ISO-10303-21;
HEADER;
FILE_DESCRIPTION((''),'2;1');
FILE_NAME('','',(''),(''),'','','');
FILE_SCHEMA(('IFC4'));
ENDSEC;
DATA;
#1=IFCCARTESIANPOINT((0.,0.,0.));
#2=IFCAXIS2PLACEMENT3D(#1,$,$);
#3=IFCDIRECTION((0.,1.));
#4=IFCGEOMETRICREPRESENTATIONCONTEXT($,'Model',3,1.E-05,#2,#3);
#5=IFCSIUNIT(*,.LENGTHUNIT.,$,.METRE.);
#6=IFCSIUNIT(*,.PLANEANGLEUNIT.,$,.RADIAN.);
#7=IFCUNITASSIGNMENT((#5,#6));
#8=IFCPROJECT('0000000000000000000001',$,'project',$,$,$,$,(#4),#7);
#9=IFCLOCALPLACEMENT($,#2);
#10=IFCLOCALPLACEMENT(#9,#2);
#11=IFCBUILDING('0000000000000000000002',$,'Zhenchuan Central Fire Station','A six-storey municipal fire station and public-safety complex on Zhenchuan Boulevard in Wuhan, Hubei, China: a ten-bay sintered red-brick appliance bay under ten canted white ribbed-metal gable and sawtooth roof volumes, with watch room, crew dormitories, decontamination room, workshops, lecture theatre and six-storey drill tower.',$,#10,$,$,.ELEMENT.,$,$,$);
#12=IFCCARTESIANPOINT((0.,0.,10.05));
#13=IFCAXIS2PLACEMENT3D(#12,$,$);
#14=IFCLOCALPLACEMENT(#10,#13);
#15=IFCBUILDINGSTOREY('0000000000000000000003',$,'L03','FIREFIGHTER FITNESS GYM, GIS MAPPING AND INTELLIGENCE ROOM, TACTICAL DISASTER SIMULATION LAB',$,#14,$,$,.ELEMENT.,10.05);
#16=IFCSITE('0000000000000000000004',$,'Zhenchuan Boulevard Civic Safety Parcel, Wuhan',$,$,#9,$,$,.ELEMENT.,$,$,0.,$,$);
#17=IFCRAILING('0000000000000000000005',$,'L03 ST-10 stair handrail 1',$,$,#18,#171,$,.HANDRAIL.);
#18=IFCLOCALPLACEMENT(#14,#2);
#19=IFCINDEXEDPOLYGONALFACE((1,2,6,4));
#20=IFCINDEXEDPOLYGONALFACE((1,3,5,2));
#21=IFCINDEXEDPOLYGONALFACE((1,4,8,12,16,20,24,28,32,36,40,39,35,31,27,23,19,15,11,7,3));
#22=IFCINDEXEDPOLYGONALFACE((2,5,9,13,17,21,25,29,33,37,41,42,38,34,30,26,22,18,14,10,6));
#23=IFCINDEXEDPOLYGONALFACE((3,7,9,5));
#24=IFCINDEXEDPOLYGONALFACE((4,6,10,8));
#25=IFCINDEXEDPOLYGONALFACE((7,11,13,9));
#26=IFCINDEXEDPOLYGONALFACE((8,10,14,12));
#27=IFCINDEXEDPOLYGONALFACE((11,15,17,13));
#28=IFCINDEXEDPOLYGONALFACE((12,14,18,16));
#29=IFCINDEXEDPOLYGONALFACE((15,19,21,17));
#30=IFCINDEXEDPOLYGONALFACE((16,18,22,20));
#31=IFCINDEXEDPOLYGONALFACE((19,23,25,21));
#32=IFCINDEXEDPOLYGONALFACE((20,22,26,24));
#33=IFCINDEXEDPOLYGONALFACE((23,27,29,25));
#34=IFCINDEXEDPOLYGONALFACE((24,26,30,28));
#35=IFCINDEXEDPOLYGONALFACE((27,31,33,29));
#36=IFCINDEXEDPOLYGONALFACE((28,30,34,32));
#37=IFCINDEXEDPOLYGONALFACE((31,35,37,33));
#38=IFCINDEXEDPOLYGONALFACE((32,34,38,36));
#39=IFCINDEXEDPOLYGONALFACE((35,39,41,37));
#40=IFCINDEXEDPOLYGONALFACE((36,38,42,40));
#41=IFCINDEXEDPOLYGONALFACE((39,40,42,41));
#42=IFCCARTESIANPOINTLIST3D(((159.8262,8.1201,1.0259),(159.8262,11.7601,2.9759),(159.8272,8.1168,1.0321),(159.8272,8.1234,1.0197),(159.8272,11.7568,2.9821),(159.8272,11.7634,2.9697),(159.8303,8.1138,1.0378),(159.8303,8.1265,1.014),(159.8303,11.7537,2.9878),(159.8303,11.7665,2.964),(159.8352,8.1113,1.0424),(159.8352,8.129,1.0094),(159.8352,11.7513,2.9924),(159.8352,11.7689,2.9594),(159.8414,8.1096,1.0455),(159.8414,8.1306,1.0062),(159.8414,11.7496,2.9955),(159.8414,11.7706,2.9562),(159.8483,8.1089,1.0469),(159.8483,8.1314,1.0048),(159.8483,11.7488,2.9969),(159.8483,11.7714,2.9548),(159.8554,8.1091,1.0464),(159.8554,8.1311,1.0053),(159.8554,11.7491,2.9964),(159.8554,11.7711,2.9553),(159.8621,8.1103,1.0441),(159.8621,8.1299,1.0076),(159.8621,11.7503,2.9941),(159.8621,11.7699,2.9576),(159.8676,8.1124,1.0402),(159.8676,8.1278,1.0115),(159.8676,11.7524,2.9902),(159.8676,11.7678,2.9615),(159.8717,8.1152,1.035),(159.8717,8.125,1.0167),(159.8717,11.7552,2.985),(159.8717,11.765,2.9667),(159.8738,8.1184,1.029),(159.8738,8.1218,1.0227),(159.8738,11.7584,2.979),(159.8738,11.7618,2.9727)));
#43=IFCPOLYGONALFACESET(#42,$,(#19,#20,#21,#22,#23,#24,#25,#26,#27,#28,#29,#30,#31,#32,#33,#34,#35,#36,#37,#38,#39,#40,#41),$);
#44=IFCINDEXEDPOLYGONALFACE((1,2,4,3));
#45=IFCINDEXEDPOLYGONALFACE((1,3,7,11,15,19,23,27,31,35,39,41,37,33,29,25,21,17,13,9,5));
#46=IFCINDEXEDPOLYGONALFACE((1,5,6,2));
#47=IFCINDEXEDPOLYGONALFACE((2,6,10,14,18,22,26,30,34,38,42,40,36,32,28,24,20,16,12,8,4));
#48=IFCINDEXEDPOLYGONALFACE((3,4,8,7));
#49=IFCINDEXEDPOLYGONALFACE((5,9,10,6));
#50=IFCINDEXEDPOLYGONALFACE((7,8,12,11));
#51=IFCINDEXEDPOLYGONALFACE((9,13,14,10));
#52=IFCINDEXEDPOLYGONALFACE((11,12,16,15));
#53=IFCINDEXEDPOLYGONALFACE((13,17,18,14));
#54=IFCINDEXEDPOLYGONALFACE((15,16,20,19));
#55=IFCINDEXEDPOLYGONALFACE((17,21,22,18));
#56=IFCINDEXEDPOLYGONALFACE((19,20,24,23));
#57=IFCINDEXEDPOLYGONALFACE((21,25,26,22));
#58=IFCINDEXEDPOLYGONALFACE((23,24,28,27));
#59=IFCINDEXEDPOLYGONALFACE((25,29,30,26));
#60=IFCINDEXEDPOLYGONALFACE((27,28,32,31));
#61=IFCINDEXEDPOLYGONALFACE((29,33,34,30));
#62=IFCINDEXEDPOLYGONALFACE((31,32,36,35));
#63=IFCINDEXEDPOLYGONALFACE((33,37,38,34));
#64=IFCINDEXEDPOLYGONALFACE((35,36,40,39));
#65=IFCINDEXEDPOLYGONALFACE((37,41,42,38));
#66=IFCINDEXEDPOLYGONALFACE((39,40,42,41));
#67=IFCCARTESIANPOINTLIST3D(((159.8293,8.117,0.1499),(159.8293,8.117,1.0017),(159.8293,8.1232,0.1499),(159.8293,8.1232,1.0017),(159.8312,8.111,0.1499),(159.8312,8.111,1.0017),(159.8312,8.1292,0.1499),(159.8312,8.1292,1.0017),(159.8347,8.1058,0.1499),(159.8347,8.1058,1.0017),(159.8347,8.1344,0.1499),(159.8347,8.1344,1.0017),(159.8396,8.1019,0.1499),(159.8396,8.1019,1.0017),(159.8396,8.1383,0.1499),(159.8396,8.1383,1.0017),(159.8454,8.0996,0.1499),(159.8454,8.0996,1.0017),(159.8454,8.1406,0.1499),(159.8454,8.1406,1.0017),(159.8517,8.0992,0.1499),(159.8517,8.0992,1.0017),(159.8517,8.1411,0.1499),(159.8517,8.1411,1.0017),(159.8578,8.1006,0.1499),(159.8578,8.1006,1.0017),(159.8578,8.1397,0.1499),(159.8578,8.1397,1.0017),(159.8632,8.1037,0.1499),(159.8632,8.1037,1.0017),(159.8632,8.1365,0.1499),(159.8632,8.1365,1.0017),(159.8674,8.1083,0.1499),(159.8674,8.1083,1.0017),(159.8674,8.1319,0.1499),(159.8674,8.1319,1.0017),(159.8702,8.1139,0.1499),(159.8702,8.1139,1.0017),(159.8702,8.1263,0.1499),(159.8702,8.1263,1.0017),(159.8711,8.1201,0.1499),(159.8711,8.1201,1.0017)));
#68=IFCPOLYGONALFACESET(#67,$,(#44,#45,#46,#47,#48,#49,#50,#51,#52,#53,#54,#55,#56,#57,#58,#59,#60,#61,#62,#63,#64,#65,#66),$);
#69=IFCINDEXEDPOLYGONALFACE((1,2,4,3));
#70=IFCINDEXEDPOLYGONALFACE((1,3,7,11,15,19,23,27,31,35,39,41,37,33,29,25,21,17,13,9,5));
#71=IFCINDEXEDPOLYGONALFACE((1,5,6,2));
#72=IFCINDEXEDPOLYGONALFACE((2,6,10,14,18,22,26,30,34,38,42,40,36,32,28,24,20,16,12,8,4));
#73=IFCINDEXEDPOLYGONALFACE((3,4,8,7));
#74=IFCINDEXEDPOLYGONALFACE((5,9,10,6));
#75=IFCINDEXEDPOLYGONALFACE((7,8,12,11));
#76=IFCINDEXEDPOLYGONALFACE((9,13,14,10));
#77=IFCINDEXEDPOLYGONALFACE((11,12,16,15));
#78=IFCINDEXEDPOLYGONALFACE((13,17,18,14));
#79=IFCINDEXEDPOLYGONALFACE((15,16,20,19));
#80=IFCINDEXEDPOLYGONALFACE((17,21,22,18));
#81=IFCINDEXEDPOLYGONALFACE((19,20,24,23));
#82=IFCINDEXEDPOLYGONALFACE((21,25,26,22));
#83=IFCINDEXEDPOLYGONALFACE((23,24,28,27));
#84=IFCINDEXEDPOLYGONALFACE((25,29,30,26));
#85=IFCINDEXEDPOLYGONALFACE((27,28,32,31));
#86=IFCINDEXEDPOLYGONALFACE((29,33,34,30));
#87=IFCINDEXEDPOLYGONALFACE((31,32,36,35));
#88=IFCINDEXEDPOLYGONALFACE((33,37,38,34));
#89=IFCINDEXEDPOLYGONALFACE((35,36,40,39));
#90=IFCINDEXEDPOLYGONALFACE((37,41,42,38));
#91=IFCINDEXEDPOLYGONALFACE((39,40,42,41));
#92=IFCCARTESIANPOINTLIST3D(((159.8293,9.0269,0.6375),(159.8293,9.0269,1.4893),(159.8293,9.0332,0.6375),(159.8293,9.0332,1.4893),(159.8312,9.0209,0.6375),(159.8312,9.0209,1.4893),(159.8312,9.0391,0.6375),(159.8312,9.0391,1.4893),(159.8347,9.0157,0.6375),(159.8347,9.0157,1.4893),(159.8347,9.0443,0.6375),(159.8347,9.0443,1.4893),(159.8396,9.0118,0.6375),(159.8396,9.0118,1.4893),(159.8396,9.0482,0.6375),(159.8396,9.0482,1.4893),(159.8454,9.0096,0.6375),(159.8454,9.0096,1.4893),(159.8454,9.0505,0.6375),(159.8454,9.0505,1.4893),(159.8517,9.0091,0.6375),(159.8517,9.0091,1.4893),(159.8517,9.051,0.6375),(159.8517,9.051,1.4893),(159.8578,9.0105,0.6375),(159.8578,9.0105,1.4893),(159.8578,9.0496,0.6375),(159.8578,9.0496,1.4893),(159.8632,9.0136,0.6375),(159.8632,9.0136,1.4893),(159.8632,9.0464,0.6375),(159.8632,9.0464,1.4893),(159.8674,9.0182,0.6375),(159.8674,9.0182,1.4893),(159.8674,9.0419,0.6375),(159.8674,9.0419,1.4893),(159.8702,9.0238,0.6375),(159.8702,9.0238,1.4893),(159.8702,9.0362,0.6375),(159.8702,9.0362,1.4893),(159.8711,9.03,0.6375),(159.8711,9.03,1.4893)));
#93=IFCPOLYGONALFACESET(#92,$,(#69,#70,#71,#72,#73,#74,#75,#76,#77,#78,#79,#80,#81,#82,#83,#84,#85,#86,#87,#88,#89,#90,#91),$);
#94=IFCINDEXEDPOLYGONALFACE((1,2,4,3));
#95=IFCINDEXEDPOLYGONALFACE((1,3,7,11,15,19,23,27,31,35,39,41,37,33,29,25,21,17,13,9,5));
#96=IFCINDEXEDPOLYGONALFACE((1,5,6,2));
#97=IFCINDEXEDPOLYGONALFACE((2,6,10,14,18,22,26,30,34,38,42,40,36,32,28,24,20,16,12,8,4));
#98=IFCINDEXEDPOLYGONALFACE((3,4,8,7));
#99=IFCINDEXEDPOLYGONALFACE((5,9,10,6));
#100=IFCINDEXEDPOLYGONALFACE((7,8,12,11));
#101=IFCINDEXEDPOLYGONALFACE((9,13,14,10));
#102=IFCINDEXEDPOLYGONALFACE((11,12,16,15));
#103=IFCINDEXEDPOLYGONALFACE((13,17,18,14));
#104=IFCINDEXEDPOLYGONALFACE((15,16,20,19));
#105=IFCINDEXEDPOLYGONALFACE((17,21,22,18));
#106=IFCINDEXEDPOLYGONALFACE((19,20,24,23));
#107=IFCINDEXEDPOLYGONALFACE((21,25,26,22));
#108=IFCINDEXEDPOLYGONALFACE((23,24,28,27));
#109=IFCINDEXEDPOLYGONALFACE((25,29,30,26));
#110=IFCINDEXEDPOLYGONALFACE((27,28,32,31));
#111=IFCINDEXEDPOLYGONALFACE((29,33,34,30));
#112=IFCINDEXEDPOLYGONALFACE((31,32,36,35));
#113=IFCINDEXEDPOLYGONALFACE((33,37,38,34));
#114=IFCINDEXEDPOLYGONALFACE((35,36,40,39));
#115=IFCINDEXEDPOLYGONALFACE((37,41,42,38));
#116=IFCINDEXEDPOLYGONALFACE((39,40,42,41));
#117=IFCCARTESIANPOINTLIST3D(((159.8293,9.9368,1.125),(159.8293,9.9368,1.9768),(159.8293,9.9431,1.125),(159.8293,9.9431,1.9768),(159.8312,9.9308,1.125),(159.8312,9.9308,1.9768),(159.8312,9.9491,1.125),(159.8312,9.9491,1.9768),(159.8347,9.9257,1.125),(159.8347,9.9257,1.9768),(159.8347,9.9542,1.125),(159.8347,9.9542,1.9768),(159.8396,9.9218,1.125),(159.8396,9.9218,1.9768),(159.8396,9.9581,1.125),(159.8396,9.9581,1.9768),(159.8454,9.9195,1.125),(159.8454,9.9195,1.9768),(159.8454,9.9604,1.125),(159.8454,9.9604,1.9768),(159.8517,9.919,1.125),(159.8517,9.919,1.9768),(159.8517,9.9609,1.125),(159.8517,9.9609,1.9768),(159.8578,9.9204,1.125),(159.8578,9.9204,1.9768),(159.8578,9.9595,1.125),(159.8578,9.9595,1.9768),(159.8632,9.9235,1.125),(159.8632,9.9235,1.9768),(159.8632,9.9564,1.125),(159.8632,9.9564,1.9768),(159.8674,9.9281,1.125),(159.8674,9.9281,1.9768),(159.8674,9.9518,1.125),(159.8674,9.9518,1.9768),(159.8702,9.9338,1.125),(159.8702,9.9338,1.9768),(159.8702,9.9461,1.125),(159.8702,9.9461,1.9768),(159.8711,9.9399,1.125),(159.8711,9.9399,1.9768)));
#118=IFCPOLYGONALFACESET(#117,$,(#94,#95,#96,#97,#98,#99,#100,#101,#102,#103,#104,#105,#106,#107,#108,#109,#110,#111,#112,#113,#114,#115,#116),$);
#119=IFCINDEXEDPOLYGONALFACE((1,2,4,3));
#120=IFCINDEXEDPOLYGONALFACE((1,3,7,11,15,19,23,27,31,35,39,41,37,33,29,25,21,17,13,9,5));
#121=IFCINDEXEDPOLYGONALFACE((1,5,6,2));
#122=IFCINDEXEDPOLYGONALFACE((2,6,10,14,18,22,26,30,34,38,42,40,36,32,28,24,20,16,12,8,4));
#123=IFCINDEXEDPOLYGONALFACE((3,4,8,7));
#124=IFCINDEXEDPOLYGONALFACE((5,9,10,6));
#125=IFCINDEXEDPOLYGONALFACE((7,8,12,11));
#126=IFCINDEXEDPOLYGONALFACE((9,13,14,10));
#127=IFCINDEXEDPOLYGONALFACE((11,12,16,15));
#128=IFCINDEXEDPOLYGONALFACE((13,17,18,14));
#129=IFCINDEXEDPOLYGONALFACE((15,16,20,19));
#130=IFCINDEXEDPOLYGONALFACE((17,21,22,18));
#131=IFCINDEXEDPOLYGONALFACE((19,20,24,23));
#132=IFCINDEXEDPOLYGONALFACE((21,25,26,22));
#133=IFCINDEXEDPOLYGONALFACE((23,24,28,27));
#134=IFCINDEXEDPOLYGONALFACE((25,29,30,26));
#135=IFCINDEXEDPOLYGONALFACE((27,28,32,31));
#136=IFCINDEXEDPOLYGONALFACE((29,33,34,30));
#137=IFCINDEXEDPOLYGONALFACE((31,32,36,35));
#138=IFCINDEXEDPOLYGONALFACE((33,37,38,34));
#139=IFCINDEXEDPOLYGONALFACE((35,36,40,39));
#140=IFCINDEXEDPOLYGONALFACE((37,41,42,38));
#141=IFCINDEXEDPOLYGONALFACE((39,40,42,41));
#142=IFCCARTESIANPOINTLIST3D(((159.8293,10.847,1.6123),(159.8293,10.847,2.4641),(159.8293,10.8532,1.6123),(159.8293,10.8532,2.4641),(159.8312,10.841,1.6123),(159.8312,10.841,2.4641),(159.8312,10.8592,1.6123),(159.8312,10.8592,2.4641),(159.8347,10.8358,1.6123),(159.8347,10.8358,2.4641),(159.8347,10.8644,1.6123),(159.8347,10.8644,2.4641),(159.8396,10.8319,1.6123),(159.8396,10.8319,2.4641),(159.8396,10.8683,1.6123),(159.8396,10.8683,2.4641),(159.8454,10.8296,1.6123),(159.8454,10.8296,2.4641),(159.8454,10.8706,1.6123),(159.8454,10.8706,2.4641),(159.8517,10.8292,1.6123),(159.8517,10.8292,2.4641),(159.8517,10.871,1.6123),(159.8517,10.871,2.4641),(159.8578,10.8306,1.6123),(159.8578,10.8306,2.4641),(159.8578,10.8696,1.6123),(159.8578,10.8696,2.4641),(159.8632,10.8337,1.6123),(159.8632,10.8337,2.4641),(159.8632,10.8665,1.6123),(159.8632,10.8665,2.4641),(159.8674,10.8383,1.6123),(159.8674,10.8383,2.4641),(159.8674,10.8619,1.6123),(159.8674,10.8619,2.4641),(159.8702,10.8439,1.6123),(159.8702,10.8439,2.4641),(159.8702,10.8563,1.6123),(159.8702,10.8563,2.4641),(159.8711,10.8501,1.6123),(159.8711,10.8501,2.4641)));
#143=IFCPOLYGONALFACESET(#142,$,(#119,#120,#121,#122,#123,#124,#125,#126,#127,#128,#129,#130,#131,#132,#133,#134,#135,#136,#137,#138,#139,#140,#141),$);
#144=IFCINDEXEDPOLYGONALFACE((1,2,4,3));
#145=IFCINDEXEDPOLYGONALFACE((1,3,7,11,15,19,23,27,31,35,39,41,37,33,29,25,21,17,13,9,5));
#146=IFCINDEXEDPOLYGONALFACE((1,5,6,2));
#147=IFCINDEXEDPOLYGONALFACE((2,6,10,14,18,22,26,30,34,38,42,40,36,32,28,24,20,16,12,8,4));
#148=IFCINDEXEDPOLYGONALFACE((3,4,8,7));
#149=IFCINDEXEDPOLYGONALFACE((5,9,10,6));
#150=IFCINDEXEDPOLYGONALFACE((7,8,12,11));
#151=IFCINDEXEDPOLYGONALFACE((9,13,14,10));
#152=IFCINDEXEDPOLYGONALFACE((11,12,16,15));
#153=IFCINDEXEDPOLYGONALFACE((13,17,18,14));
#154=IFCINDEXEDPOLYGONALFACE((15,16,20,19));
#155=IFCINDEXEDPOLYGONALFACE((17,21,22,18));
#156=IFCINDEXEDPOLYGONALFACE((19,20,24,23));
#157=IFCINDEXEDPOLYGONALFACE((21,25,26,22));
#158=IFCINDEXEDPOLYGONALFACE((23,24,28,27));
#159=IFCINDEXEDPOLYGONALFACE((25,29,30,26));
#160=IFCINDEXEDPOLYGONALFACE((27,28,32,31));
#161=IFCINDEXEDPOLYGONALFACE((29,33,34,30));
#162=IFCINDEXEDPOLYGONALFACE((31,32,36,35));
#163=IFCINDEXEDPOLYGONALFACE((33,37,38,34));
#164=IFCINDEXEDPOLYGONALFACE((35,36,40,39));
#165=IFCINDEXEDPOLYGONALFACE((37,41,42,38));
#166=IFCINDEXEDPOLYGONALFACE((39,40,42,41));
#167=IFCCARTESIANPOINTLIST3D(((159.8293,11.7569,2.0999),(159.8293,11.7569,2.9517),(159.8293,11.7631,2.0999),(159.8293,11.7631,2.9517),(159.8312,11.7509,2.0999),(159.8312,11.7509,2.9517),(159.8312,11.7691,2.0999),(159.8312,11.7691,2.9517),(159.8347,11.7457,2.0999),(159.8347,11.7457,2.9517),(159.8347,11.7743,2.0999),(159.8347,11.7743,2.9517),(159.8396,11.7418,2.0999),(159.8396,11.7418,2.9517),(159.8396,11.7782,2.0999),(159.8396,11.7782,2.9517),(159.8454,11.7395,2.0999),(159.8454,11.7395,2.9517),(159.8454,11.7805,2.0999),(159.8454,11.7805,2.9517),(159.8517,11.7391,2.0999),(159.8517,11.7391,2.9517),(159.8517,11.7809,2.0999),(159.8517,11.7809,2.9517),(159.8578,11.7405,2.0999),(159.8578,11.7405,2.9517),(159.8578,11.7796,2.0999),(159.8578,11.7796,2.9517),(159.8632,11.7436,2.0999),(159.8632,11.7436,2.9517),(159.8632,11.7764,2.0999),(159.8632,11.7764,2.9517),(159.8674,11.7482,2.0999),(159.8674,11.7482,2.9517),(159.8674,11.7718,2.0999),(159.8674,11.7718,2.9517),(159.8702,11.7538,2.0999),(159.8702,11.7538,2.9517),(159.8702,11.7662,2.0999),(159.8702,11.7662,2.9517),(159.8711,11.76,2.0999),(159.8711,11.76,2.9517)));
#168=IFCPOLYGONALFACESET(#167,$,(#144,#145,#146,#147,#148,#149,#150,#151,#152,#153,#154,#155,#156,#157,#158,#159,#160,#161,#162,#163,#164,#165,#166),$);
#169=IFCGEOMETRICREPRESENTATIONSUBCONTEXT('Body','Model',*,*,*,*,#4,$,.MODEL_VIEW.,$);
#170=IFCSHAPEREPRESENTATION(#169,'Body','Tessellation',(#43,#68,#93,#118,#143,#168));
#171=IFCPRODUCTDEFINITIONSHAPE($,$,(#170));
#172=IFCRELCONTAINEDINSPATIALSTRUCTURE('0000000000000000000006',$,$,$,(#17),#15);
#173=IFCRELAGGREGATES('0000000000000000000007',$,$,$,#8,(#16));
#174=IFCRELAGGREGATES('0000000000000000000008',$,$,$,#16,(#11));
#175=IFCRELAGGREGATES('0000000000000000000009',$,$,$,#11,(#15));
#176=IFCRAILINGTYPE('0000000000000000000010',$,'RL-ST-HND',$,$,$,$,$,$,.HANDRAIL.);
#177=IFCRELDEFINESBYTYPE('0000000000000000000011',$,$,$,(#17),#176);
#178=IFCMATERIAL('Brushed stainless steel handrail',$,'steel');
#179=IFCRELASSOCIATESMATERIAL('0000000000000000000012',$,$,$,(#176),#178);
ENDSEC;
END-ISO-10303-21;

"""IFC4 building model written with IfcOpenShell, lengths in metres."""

from ifc_helpers import new_model, si_unit, direction, frame, origin, origin_2d, place, context, subcontext, project, spatial, circle, extrude, material, type_object, element, save


model = new_model("IFC4")

# Units and contexts
model_context = context("Model", 3, precision=1e-05, world=origin(), true_north=direction((0.0, 1.0)))
body_context = subcontext(model_context, "Body", "Model", "MODEL_VIEW")
ifc_project = project(units=[si_unit("LENGTHUNIT", "METRE"), si_unit("PLANEANGLEUNIT", "RADIAN")], contexts=[model_context])

# Site, building, storey
site_placement = place(None, origin())
site = spatial("IfcSite", under=ifc_project, at=site_placement, Name="Zhenchuan Boulevard Civic Safety Parcel, Wuhan", CompositionType="ELEMENT", RefElevation=0.0)
building_placement = place(site_placement, origin())
building = spatial("IfcBuilding", under=site, at=building_placement, Name="Zhenchuan Central Fire Station", Description="A six-storey municipal fire station and public-safety complex on Zhenchuan Boulevard in Wuhan, Hubei, China: a ten-bay sintered red-brick appliance bay under ten canted white ribbed-metal gable and sawtooth roof volumes, with watch room, crew dormitories, decontamination room, workshops, lecture theatre and six-storey drill tower.", CompositionType="ELEMENT")
storey_placement = place(building_placement, frame((0.0, 0.0, 10.05)))
storey = spatial("IfcBuildingStorey", under=building, at=storey_placement, Name="L03", Description="FIREFIGHTER FITNESS GYM, GIS MAPPING AND INTELLIGENCE ROOM, TACTICAL DISASTER SIMULATION LAB", CompositionType="ELEMENT", Elevation=10.05)

# Railing
ifc_material_1 = material(Name="Brushed stainless steel handrail", Category="steel")
railing_type_1 = type_object("IfcRailingType", Name="RL-ST-HND", PredefinedType="HANDRAIL", material=ifc_material_1)
railing_1_placement = place(storey_placement, frame((159.8501, 8.1201, 0.1499)))
element("IfcRailing", 1, at=railing_1_placement, inside=storey, type_object=railing_type_1, Name="L03 ST-10 stair handrail 1", PredefinedType="HANDRAIL", context=body_context, shape_type="SweptSolid", body=[
    extrude(circle(Radius=0.0239, at=origin_2d()), frame((0.0, 0.0, 0.876), z_axis=(0.0, 0.881479, 0.472223), x_axis=(-1.0, 0.0, 0.0)), (0.0, 0.0, 1.0), 4.1294),
    extrude(circle(Radius=0.021, at=origin_2d()), origin(), (0.0, 0.0, 1.0), 0.8518),
    extrude(circle(Radius=0.021, at=origin_2d()), frame((0.0, 0.9099, 0.4875)), (0.0, 0.0, 1.0), 0.8518),
    extrude(circle(Radius=0.021, at=origin_2d()), frame((0.0, 1.8198, 0.9751)), (0.0, 0.0, 1.0), 0.8518),
    extrude(circle(Radius=0.021, at=origin_2d()), frame((0.0, 2.73, 1.4624)), (0.0, 0.0, 1.0), 0.8518),
    extrude(circle(Radius=0.021, at=origin_2d()), frame((0.0, 3.6399, 1.95)), (0.0, 0.0, 1.0), 0.8518),
])

save(model, "model.ifc")
